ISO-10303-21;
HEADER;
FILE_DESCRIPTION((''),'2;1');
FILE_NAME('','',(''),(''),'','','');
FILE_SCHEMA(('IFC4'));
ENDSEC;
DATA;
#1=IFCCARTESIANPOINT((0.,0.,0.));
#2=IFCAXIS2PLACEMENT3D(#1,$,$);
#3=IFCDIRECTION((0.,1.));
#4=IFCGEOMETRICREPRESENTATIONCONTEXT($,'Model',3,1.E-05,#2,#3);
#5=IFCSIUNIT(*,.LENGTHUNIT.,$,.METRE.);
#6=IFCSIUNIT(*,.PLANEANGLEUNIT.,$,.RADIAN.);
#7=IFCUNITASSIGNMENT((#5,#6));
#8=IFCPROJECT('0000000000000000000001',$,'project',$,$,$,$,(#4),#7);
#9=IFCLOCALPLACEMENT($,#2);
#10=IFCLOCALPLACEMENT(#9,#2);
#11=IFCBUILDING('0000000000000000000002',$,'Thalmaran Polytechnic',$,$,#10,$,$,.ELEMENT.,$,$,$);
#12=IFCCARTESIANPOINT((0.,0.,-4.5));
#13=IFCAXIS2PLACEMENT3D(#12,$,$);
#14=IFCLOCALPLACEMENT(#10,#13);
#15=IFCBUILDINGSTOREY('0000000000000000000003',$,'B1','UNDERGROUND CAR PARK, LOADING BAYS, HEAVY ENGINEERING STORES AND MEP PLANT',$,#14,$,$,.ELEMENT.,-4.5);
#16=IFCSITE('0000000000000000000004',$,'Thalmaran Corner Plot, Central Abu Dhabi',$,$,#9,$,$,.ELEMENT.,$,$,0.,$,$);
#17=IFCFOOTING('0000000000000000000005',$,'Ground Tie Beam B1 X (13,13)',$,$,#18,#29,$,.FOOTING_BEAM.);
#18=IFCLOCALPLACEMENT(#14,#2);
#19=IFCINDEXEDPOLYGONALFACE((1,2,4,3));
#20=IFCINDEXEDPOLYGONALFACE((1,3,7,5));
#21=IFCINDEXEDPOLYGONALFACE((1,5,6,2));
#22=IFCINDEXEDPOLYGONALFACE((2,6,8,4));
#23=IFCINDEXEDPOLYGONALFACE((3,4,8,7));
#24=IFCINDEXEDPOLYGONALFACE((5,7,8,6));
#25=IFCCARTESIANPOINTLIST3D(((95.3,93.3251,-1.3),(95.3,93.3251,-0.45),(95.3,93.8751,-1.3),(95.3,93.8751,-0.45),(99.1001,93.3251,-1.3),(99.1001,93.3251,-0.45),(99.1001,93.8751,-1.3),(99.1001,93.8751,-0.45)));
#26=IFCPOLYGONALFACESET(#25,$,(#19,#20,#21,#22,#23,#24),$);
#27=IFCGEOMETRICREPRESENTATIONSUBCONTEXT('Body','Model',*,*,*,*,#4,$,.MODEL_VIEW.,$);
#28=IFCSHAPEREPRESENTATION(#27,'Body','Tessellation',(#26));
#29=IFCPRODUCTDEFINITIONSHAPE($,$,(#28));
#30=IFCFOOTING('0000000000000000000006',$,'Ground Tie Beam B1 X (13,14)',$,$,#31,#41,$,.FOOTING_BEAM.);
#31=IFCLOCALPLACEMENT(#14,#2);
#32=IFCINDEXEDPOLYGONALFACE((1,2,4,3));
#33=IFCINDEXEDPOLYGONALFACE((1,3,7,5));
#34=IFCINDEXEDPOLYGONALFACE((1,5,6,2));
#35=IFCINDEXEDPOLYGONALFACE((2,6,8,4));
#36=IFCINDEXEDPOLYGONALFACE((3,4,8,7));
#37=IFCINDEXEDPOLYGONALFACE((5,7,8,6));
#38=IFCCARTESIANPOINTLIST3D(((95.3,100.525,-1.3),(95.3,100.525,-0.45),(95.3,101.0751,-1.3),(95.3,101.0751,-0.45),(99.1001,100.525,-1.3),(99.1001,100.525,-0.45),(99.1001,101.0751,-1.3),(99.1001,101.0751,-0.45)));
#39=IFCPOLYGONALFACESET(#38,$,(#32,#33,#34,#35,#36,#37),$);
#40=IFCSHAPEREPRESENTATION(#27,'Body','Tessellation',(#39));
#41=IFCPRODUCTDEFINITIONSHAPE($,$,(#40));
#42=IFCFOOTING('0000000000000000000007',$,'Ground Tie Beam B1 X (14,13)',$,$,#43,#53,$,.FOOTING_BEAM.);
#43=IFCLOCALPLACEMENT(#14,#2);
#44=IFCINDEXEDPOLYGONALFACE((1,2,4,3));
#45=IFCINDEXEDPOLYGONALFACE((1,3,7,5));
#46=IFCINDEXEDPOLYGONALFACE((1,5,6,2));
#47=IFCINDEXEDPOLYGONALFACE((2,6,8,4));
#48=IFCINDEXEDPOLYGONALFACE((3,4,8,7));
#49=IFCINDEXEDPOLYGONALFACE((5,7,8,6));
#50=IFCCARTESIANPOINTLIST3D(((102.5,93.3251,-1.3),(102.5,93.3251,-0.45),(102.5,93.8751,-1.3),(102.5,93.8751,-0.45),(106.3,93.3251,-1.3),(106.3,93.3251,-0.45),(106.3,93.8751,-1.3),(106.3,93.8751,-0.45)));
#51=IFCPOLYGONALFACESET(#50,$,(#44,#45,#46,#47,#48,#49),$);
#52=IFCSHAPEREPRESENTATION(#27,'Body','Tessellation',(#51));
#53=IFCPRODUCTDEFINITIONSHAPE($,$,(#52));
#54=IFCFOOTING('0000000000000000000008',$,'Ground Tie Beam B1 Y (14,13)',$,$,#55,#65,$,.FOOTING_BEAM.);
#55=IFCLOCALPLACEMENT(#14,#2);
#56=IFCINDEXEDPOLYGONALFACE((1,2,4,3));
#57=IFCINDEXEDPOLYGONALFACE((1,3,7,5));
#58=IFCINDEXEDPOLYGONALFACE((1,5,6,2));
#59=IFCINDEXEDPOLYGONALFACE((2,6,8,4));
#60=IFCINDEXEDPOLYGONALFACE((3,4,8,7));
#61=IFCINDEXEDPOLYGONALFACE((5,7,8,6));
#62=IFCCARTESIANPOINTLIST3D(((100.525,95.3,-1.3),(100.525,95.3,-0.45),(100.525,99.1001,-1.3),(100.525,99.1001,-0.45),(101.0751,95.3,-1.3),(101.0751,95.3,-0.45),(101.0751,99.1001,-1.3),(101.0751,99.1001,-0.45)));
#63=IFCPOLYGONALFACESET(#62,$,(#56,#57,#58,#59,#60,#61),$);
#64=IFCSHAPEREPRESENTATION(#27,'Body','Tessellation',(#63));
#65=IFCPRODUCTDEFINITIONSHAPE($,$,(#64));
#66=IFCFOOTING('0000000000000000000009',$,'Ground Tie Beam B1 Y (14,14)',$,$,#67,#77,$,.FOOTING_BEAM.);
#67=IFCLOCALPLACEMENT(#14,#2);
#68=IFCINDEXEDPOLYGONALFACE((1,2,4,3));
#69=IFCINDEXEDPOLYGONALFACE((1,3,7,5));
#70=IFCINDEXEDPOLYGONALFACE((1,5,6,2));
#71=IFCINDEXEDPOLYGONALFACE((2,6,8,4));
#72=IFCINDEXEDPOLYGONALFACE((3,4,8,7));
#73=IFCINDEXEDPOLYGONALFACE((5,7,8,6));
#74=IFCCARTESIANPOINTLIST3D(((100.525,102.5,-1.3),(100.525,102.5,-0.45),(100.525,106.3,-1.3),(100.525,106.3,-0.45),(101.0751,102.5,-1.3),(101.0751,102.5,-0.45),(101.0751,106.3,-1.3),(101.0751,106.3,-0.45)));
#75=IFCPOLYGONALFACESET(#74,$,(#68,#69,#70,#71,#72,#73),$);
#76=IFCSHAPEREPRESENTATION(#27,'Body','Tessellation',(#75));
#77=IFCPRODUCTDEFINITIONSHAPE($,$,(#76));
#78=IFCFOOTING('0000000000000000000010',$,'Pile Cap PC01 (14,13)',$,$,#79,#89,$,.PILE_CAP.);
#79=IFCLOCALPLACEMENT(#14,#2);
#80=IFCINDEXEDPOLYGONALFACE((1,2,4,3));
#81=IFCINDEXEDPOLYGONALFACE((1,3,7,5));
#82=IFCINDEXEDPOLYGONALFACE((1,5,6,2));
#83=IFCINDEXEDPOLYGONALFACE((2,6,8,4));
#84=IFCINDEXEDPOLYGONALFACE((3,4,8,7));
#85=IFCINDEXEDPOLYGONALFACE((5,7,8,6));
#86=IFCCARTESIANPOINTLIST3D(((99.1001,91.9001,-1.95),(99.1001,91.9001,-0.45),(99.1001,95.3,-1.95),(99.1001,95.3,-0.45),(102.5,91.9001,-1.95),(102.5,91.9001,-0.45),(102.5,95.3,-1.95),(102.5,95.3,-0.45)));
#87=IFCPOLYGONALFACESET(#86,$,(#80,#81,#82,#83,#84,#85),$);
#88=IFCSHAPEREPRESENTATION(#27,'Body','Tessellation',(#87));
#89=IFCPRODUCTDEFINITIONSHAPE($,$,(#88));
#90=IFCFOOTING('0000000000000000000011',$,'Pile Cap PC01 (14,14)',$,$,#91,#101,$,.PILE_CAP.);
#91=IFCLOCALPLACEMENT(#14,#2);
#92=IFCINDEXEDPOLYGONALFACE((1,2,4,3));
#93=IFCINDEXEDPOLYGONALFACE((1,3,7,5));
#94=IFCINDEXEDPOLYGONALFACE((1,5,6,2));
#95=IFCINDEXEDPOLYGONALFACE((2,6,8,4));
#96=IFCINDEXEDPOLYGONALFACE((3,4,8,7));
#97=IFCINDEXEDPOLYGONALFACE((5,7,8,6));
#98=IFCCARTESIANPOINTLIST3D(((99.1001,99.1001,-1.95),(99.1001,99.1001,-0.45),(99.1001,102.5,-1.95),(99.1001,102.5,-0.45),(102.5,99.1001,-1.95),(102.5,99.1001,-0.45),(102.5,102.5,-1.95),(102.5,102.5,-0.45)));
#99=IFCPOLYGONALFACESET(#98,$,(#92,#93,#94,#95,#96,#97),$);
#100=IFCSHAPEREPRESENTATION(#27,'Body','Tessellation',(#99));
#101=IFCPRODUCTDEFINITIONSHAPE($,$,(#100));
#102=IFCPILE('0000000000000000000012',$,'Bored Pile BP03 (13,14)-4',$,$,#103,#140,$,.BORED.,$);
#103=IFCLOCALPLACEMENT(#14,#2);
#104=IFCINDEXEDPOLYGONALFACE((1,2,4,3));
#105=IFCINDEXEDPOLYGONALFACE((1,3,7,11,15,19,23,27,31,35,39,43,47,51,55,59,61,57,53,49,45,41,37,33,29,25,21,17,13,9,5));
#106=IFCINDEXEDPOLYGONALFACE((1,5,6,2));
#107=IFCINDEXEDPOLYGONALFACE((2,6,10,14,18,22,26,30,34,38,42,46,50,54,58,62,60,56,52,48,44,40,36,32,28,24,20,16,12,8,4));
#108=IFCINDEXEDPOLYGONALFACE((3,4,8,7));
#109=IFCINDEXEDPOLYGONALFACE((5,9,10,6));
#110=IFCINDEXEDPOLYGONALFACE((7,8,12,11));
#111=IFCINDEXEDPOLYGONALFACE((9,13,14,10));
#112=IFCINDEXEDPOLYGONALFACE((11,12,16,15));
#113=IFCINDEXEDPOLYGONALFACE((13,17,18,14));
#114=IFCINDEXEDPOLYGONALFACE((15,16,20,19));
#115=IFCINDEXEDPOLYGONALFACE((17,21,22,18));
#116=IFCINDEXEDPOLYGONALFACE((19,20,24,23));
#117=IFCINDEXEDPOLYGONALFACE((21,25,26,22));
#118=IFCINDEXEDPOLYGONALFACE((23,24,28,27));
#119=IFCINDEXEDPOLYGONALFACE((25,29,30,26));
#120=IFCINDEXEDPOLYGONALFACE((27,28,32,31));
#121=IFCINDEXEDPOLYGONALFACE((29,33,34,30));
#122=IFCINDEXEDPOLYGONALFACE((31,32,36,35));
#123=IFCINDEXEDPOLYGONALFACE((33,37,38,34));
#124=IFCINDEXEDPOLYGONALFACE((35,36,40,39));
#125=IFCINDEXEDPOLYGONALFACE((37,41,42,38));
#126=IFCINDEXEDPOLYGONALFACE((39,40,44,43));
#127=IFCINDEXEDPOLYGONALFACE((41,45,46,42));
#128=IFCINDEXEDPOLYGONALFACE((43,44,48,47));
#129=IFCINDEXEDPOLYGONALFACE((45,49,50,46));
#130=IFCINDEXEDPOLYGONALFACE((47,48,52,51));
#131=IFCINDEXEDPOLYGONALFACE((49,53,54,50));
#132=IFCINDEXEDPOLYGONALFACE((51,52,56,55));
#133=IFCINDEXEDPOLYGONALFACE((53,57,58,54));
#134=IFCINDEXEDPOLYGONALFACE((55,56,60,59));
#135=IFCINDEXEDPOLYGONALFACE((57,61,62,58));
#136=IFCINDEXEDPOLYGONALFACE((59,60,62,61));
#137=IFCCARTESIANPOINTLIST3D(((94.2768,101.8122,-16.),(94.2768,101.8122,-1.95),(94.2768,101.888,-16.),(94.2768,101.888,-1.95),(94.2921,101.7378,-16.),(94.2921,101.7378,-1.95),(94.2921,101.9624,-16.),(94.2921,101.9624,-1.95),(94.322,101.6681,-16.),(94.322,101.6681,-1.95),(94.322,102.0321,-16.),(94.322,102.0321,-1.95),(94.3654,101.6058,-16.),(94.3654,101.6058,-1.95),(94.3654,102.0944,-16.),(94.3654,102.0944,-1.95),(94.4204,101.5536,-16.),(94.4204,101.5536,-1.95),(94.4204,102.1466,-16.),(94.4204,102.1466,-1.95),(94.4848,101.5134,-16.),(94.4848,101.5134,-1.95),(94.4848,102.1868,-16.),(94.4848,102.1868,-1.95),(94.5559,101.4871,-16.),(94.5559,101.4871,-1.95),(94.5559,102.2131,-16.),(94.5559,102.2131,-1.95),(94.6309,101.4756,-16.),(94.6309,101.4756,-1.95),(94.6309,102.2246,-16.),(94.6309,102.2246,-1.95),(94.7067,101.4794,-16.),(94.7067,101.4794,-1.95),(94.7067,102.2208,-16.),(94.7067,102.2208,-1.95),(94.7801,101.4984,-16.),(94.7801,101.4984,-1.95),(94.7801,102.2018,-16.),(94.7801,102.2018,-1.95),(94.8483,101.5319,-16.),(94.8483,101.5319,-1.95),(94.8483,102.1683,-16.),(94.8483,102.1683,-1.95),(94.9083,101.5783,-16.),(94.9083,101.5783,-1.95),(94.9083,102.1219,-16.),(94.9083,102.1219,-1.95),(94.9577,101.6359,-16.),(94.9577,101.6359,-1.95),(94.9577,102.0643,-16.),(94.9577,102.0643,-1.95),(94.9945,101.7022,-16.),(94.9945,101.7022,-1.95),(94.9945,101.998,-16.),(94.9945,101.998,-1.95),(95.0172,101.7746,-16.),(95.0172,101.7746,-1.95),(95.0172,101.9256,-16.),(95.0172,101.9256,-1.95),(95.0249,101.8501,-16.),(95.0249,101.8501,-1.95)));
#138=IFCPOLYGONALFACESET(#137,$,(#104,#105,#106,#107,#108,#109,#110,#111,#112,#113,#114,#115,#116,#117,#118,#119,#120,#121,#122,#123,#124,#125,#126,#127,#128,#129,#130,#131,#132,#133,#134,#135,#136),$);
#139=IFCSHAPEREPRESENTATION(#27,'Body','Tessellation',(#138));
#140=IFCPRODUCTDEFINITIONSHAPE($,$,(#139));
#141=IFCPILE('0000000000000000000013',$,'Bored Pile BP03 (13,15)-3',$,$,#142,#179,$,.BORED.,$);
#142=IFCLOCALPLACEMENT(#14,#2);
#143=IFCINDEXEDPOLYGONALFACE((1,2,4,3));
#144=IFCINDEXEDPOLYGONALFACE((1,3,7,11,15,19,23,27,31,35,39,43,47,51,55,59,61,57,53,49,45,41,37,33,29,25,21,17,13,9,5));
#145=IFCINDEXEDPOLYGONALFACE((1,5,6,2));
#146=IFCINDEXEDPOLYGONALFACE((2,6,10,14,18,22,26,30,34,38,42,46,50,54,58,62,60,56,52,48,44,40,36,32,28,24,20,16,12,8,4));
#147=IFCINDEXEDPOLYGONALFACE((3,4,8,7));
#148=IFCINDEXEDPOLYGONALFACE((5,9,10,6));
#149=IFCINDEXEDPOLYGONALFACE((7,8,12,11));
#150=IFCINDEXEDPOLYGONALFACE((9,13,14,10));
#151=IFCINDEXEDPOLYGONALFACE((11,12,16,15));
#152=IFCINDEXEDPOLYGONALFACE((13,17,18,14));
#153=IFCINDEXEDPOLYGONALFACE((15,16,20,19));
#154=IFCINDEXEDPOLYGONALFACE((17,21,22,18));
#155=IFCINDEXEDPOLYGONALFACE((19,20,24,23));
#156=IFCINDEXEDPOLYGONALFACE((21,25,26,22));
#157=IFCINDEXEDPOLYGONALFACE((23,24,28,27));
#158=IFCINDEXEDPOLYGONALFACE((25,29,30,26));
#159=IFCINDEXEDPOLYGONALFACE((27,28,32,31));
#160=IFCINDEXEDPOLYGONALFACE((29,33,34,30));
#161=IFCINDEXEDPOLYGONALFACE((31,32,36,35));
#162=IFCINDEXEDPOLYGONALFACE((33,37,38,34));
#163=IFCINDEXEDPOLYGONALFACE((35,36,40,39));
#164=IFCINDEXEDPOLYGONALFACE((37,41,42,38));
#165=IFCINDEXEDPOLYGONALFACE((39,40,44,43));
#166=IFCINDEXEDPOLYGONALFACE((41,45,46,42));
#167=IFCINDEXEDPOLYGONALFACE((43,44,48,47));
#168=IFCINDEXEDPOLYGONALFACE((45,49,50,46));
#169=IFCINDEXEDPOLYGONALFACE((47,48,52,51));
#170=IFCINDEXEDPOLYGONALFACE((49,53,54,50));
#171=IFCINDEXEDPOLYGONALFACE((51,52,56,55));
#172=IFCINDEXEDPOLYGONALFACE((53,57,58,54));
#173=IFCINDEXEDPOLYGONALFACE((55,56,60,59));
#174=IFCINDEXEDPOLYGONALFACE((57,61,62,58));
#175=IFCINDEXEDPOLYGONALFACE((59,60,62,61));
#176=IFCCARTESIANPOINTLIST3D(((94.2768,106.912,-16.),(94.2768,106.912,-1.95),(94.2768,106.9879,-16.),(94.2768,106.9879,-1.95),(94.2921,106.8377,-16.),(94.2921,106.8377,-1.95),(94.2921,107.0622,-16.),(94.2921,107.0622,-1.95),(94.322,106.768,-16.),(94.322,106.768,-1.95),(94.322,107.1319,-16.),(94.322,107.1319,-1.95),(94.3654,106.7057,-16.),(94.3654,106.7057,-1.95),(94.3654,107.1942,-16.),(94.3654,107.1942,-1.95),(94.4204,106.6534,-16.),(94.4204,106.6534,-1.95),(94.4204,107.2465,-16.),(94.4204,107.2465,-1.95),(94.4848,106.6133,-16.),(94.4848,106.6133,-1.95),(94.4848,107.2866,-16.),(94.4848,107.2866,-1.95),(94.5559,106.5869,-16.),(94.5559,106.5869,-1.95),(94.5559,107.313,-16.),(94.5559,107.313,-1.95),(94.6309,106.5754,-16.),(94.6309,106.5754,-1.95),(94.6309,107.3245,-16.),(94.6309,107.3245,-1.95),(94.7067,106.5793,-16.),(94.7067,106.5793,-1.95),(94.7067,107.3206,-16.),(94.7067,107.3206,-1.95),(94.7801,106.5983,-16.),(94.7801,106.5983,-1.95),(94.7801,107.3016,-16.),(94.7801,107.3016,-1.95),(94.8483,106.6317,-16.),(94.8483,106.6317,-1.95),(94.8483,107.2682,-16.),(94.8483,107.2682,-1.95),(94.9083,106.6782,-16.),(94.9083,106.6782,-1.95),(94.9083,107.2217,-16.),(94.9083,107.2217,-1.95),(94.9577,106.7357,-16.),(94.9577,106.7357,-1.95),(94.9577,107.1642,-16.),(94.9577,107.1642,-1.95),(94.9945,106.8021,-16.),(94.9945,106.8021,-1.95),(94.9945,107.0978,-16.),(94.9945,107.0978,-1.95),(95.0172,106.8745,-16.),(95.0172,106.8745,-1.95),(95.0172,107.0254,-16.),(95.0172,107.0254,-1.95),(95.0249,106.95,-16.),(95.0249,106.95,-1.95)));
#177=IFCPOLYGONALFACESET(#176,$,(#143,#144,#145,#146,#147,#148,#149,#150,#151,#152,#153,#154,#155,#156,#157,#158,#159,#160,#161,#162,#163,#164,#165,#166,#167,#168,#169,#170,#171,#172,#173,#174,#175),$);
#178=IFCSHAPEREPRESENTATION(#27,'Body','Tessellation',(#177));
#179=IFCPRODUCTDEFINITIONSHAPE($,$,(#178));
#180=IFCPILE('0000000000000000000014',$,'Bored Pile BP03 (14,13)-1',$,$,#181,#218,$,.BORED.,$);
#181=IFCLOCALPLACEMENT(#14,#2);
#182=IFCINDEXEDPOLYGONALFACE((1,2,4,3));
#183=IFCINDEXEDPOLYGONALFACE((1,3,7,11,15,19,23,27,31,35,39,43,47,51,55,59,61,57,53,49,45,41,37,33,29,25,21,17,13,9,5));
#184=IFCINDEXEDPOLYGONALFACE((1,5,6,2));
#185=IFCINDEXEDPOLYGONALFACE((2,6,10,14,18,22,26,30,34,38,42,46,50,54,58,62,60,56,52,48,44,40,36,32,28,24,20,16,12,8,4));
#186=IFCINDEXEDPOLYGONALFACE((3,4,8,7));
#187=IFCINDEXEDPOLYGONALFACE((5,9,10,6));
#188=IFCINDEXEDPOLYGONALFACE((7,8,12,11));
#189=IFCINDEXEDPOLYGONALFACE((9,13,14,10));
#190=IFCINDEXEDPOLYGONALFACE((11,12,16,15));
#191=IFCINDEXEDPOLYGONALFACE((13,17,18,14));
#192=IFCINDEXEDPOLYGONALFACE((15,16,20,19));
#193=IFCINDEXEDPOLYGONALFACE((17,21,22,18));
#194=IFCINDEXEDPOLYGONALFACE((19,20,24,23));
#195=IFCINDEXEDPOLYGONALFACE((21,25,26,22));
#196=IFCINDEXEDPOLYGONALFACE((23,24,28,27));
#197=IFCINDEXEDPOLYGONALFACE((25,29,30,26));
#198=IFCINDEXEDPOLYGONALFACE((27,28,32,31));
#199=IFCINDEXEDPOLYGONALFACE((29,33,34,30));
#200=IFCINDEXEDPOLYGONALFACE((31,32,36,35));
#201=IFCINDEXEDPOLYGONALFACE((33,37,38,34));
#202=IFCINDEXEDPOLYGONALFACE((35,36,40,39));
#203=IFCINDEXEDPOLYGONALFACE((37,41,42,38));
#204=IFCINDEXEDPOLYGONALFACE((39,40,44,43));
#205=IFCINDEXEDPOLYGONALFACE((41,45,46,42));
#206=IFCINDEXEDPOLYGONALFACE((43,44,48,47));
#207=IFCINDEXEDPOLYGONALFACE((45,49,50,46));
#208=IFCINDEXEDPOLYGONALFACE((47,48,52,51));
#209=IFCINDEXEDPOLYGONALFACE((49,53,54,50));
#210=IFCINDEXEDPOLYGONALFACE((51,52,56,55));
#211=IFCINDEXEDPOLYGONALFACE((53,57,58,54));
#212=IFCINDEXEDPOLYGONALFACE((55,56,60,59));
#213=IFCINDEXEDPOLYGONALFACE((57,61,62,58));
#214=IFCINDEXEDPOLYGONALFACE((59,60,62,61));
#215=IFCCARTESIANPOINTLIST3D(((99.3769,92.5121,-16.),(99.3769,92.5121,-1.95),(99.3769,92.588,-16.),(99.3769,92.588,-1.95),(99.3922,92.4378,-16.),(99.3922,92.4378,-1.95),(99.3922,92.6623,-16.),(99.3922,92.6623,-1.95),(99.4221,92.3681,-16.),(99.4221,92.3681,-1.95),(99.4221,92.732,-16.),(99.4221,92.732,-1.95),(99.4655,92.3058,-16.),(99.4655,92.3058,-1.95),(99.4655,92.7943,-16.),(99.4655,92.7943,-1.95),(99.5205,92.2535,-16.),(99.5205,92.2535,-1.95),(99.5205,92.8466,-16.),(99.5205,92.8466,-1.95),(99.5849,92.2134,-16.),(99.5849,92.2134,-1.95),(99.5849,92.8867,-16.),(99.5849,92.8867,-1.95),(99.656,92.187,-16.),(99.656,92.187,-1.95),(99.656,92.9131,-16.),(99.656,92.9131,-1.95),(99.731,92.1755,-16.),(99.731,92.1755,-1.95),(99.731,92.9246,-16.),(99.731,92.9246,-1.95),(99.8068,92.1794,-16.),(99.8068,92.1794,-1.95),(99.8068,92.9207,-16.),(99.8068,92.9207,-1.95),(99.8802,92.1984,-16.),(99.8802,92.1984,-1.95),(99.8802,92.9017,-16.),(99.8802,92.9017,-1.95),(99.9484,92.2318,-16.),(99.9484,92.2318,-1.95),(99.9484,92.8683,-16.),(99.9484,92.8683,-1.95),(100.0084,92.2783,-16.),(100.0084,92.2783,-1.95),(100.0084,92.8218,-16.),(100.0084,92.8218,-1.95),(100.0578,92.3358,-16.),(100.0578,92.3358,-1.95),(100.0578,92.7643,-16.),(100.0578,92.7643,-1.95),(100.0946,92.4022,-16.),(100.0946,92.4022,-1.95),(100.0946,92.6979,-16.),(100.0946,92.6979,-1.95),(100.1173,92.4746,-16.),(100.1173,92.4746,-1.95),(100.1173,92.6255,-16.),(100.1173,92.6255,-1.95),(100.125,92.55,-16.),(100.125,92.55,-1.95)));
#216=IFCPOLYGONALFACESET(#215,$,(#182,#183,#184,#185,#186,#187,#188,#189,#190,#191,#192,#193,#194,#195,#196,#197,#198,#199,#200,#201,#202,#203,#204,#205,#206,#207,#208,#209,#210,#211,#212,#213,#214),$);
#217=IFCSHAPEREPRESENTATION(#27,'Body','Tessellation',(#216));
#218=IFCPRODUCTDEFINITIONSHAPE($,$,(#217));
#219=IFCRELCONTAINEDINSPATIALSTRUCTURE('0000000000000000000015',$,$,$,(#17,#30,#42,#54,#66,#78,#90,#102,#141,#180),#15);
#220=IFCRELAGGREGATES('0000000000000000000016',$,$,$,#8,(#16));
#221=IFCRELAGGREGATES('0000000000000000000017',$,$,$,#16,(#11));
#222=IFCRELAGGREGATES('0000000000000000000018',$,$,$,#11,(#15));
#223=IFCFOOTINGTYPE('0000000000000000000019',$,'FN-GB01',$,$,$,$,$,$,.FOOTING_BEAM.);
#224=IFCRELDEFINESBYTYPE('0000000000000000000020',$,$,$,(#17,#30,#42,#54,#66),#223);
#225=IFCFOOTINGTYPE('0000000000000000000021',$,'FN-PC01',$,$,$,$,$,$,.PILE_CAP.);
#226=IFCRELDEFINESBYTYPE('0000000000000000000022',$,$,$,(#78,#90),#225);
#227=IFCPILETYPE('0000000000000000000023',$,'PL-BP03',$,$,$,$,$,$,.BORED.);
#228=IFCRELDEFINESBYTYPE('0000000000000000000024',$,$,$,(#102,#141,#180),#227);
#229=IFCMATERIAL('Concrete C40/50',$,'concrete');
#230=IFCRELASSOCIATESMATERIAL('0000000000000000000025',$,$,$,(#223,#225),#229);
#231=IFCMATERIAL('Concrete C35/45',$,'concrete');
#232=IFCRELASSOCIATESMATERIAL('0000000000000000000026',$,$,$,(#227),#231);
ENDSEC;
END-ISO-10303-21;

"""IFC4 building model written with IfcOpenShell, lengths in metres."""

from ifc_helpers import new_model, si_unit, direction, frame, origin, origin_2d, place, context, subcontext, project, spatial, rectangle, circle, extrude, material, material_profile, profile_set, type_object, element, save


model = new_model("IFC4")

# Units and contexts
model_context = context("Model", 3, precision=1e-05, world=origin(), true_north=direction((0.0, 1.0)))
body_context = subcontext(model_context, "Body", "Model", "MODEL_VIEW")
ifc_project = project(units=[si_unit("LENGTHUNIT", "METRE"), si_unit("PLANEANGLEUNIT", "RADIAN")], contexts=[model_context])

# Site, building, storey
site_placement = place(None, origin())
site = spatial("IfcSite", under=ifc_project, at=site_placement, Name="Thalmaran Corner Plot, Central Abu Dhabi", CompositionType="ELEMENT", RefElevation=0.0)
building_placement = place(site_placement, origin())
building = spatial("IfcBuilding", under=site, at=building_placement, Name="Thalmaran Polytechnic", CompositionType="ELEMENT")
storey_placement = place(building_placement, frame((0.0, 0.0, -4.5)))
storey = spatial("IfcBuildingStorey", under=building, at=storey_placement, Name="B1", Description="UNDERGROUND CAR PARK, LOADING BAYS, HEAVY ENGINEERING STORES AND MEP PLANT", CompositionType="ELEMENT", Elevation=-4.5)

# Footings
ifc_material_1 = material(Name="Concrete C40/50", Category="concrete")
ifc_material_profile_1 = material_profile(ifc_material_1, rectangle(XDim=0.55, YDim=0.8501, at=origin_2d()), Name="RC 550x850")
ifc_profile_set_1 = profile_set([ifc_material_profile_1], Name="Concrete C40/50")
footing_type_1 = type_object("IfcFootingType", Name="FN-GB01", PredefinedType="FOOTING_BEAM", material=ifc_profile_set_1)
for number, where, z_axis, x_axis, name in (
    (1, (95.3, 93.6001, -0.875), (1.0, 0.0, 0.0), (0.0, 1.0, 0.0), "Ground Tie Beam B1 X (13,13)"),
    (2, (95.3, 100.8, -0.875), (1.0, 0.0, 0.0), (0.0, 1.0, 0.0), "Ground Tie Beam B1 X (13,14)"),
    (3, (102.5, 93.6001, -0.875), (1.0, 0.0, 0.0), (0.0, 1.0, 0.0), "Ground Tie Beam B1 X (14,13)"),
    (4, (100.8, 95.3, -0.875), (0.0, 1.0, 0.0), (-1.0, 0.0, 0.0), "Ground Tie Beam B1 Y (14,13)"),
    (5, (100.8, 102.5, -0.875), (0.0, 1.0, 0.0), (-1.0, 0.0, 0.0), "Ground Tie Beam B1 Y (14,14)"),
):
    element("IfcFooting", number, at=place(storey_placement, frame(where, z_axis=z_axis, x_axis=x_axis)), inside=storey, type_object=footing_type_1, Name=name, PredefinedType="FOOTING_BEAM", context=body_context, shape_type="SweptSolid", body=[
        extrude(rectangle(XDim=0.55, YDim=0.8501, at=origin_2d()), origin(), (0.0, 0.0, 1.0), 3.8),
    ])
footing_type_2 = type_object("IfcFootingType", Name="FN-PC01", PredefinedType="PILE_CAP", material=ifc_material_1)
for number, where, z_axis, x_axis, name in (
    (6, (100.8, 93.6001, -1.95), (0.0, 0.0, 1.0), (1.0, 0.0, 0.0), "Pile Cap PC01 (14,13)"),
    (7, (100.8, 100.8, -1.95), (0.0, 0.0, 1.0), (1.0, 0.0, 0.0), "Pile Cap PC01 (14,14)"),
):
    element("IfcFooting", number, at=place(storey_placement, frame(where, z_axis=z_axis, x_axis=x_axis)), inside=storey, type_object=footing_type_2, Name=name, PredefinedType="PILE_CAP", context=body_context, shape_type="SweptSolid", body=[
        extrude(rectangle(XDim=3.3999, YDim=3.3999, at=origin_2d()), origin(), (0.0, 0.0, 1.0), 1.5),
    ])

# Piles
ifc_material_2 = material(Name="Concrete C35/45", Category="concrete")
ifc_material_profile_2 = material_profile(ifc_material_2, circle(Radius=0.375, at=origin_2d()), Name="RC 750 DIA")
ifc_profile_set_2 = profile_set([ifc_material_profile_2], Name="Concrete C35/45")
pile_type = type_object("IfcPileType", Name="PL-BP03", PredefinedType="BORED", material=ifc_profile_set_2)
for number, where, z_axis, x_axis, name in (
    (8, (94.6499, 101.8501, -1.95), (0.0, 0.0, -1.0), (1.0, 0.0, 0.0), "Bored Pile BP03 (13,14)-4"),
    (9, (94.6499, 106.95, -1.95), (0.0, 0.0, -1.0), (1.0, 0.0, 0.0), "Bored Pile BP03 (13,15)-3"),
    (10, (99.75, 92.55, -1.95), (0.0, 0.0, -1.0), (1.0, 0.0, 0.0), "Bored Pile BP03 (14,13)-1"),
):
    element("IfcPile", number, at=place(storey_placement, frame(where, z_axis=z_axis, x_axis=x_axis)), inside=storey, type_object=pile_type, Name=name, PredefinedType="BORED", context=body_context, shape_type="SweptSolid", body=[
        extrude(circle(Radius=0.375, at=origin_2d()), origin(), (0.0, 0.0, 1.0), 14.05),
    ])

save(model, "model.ifc")
